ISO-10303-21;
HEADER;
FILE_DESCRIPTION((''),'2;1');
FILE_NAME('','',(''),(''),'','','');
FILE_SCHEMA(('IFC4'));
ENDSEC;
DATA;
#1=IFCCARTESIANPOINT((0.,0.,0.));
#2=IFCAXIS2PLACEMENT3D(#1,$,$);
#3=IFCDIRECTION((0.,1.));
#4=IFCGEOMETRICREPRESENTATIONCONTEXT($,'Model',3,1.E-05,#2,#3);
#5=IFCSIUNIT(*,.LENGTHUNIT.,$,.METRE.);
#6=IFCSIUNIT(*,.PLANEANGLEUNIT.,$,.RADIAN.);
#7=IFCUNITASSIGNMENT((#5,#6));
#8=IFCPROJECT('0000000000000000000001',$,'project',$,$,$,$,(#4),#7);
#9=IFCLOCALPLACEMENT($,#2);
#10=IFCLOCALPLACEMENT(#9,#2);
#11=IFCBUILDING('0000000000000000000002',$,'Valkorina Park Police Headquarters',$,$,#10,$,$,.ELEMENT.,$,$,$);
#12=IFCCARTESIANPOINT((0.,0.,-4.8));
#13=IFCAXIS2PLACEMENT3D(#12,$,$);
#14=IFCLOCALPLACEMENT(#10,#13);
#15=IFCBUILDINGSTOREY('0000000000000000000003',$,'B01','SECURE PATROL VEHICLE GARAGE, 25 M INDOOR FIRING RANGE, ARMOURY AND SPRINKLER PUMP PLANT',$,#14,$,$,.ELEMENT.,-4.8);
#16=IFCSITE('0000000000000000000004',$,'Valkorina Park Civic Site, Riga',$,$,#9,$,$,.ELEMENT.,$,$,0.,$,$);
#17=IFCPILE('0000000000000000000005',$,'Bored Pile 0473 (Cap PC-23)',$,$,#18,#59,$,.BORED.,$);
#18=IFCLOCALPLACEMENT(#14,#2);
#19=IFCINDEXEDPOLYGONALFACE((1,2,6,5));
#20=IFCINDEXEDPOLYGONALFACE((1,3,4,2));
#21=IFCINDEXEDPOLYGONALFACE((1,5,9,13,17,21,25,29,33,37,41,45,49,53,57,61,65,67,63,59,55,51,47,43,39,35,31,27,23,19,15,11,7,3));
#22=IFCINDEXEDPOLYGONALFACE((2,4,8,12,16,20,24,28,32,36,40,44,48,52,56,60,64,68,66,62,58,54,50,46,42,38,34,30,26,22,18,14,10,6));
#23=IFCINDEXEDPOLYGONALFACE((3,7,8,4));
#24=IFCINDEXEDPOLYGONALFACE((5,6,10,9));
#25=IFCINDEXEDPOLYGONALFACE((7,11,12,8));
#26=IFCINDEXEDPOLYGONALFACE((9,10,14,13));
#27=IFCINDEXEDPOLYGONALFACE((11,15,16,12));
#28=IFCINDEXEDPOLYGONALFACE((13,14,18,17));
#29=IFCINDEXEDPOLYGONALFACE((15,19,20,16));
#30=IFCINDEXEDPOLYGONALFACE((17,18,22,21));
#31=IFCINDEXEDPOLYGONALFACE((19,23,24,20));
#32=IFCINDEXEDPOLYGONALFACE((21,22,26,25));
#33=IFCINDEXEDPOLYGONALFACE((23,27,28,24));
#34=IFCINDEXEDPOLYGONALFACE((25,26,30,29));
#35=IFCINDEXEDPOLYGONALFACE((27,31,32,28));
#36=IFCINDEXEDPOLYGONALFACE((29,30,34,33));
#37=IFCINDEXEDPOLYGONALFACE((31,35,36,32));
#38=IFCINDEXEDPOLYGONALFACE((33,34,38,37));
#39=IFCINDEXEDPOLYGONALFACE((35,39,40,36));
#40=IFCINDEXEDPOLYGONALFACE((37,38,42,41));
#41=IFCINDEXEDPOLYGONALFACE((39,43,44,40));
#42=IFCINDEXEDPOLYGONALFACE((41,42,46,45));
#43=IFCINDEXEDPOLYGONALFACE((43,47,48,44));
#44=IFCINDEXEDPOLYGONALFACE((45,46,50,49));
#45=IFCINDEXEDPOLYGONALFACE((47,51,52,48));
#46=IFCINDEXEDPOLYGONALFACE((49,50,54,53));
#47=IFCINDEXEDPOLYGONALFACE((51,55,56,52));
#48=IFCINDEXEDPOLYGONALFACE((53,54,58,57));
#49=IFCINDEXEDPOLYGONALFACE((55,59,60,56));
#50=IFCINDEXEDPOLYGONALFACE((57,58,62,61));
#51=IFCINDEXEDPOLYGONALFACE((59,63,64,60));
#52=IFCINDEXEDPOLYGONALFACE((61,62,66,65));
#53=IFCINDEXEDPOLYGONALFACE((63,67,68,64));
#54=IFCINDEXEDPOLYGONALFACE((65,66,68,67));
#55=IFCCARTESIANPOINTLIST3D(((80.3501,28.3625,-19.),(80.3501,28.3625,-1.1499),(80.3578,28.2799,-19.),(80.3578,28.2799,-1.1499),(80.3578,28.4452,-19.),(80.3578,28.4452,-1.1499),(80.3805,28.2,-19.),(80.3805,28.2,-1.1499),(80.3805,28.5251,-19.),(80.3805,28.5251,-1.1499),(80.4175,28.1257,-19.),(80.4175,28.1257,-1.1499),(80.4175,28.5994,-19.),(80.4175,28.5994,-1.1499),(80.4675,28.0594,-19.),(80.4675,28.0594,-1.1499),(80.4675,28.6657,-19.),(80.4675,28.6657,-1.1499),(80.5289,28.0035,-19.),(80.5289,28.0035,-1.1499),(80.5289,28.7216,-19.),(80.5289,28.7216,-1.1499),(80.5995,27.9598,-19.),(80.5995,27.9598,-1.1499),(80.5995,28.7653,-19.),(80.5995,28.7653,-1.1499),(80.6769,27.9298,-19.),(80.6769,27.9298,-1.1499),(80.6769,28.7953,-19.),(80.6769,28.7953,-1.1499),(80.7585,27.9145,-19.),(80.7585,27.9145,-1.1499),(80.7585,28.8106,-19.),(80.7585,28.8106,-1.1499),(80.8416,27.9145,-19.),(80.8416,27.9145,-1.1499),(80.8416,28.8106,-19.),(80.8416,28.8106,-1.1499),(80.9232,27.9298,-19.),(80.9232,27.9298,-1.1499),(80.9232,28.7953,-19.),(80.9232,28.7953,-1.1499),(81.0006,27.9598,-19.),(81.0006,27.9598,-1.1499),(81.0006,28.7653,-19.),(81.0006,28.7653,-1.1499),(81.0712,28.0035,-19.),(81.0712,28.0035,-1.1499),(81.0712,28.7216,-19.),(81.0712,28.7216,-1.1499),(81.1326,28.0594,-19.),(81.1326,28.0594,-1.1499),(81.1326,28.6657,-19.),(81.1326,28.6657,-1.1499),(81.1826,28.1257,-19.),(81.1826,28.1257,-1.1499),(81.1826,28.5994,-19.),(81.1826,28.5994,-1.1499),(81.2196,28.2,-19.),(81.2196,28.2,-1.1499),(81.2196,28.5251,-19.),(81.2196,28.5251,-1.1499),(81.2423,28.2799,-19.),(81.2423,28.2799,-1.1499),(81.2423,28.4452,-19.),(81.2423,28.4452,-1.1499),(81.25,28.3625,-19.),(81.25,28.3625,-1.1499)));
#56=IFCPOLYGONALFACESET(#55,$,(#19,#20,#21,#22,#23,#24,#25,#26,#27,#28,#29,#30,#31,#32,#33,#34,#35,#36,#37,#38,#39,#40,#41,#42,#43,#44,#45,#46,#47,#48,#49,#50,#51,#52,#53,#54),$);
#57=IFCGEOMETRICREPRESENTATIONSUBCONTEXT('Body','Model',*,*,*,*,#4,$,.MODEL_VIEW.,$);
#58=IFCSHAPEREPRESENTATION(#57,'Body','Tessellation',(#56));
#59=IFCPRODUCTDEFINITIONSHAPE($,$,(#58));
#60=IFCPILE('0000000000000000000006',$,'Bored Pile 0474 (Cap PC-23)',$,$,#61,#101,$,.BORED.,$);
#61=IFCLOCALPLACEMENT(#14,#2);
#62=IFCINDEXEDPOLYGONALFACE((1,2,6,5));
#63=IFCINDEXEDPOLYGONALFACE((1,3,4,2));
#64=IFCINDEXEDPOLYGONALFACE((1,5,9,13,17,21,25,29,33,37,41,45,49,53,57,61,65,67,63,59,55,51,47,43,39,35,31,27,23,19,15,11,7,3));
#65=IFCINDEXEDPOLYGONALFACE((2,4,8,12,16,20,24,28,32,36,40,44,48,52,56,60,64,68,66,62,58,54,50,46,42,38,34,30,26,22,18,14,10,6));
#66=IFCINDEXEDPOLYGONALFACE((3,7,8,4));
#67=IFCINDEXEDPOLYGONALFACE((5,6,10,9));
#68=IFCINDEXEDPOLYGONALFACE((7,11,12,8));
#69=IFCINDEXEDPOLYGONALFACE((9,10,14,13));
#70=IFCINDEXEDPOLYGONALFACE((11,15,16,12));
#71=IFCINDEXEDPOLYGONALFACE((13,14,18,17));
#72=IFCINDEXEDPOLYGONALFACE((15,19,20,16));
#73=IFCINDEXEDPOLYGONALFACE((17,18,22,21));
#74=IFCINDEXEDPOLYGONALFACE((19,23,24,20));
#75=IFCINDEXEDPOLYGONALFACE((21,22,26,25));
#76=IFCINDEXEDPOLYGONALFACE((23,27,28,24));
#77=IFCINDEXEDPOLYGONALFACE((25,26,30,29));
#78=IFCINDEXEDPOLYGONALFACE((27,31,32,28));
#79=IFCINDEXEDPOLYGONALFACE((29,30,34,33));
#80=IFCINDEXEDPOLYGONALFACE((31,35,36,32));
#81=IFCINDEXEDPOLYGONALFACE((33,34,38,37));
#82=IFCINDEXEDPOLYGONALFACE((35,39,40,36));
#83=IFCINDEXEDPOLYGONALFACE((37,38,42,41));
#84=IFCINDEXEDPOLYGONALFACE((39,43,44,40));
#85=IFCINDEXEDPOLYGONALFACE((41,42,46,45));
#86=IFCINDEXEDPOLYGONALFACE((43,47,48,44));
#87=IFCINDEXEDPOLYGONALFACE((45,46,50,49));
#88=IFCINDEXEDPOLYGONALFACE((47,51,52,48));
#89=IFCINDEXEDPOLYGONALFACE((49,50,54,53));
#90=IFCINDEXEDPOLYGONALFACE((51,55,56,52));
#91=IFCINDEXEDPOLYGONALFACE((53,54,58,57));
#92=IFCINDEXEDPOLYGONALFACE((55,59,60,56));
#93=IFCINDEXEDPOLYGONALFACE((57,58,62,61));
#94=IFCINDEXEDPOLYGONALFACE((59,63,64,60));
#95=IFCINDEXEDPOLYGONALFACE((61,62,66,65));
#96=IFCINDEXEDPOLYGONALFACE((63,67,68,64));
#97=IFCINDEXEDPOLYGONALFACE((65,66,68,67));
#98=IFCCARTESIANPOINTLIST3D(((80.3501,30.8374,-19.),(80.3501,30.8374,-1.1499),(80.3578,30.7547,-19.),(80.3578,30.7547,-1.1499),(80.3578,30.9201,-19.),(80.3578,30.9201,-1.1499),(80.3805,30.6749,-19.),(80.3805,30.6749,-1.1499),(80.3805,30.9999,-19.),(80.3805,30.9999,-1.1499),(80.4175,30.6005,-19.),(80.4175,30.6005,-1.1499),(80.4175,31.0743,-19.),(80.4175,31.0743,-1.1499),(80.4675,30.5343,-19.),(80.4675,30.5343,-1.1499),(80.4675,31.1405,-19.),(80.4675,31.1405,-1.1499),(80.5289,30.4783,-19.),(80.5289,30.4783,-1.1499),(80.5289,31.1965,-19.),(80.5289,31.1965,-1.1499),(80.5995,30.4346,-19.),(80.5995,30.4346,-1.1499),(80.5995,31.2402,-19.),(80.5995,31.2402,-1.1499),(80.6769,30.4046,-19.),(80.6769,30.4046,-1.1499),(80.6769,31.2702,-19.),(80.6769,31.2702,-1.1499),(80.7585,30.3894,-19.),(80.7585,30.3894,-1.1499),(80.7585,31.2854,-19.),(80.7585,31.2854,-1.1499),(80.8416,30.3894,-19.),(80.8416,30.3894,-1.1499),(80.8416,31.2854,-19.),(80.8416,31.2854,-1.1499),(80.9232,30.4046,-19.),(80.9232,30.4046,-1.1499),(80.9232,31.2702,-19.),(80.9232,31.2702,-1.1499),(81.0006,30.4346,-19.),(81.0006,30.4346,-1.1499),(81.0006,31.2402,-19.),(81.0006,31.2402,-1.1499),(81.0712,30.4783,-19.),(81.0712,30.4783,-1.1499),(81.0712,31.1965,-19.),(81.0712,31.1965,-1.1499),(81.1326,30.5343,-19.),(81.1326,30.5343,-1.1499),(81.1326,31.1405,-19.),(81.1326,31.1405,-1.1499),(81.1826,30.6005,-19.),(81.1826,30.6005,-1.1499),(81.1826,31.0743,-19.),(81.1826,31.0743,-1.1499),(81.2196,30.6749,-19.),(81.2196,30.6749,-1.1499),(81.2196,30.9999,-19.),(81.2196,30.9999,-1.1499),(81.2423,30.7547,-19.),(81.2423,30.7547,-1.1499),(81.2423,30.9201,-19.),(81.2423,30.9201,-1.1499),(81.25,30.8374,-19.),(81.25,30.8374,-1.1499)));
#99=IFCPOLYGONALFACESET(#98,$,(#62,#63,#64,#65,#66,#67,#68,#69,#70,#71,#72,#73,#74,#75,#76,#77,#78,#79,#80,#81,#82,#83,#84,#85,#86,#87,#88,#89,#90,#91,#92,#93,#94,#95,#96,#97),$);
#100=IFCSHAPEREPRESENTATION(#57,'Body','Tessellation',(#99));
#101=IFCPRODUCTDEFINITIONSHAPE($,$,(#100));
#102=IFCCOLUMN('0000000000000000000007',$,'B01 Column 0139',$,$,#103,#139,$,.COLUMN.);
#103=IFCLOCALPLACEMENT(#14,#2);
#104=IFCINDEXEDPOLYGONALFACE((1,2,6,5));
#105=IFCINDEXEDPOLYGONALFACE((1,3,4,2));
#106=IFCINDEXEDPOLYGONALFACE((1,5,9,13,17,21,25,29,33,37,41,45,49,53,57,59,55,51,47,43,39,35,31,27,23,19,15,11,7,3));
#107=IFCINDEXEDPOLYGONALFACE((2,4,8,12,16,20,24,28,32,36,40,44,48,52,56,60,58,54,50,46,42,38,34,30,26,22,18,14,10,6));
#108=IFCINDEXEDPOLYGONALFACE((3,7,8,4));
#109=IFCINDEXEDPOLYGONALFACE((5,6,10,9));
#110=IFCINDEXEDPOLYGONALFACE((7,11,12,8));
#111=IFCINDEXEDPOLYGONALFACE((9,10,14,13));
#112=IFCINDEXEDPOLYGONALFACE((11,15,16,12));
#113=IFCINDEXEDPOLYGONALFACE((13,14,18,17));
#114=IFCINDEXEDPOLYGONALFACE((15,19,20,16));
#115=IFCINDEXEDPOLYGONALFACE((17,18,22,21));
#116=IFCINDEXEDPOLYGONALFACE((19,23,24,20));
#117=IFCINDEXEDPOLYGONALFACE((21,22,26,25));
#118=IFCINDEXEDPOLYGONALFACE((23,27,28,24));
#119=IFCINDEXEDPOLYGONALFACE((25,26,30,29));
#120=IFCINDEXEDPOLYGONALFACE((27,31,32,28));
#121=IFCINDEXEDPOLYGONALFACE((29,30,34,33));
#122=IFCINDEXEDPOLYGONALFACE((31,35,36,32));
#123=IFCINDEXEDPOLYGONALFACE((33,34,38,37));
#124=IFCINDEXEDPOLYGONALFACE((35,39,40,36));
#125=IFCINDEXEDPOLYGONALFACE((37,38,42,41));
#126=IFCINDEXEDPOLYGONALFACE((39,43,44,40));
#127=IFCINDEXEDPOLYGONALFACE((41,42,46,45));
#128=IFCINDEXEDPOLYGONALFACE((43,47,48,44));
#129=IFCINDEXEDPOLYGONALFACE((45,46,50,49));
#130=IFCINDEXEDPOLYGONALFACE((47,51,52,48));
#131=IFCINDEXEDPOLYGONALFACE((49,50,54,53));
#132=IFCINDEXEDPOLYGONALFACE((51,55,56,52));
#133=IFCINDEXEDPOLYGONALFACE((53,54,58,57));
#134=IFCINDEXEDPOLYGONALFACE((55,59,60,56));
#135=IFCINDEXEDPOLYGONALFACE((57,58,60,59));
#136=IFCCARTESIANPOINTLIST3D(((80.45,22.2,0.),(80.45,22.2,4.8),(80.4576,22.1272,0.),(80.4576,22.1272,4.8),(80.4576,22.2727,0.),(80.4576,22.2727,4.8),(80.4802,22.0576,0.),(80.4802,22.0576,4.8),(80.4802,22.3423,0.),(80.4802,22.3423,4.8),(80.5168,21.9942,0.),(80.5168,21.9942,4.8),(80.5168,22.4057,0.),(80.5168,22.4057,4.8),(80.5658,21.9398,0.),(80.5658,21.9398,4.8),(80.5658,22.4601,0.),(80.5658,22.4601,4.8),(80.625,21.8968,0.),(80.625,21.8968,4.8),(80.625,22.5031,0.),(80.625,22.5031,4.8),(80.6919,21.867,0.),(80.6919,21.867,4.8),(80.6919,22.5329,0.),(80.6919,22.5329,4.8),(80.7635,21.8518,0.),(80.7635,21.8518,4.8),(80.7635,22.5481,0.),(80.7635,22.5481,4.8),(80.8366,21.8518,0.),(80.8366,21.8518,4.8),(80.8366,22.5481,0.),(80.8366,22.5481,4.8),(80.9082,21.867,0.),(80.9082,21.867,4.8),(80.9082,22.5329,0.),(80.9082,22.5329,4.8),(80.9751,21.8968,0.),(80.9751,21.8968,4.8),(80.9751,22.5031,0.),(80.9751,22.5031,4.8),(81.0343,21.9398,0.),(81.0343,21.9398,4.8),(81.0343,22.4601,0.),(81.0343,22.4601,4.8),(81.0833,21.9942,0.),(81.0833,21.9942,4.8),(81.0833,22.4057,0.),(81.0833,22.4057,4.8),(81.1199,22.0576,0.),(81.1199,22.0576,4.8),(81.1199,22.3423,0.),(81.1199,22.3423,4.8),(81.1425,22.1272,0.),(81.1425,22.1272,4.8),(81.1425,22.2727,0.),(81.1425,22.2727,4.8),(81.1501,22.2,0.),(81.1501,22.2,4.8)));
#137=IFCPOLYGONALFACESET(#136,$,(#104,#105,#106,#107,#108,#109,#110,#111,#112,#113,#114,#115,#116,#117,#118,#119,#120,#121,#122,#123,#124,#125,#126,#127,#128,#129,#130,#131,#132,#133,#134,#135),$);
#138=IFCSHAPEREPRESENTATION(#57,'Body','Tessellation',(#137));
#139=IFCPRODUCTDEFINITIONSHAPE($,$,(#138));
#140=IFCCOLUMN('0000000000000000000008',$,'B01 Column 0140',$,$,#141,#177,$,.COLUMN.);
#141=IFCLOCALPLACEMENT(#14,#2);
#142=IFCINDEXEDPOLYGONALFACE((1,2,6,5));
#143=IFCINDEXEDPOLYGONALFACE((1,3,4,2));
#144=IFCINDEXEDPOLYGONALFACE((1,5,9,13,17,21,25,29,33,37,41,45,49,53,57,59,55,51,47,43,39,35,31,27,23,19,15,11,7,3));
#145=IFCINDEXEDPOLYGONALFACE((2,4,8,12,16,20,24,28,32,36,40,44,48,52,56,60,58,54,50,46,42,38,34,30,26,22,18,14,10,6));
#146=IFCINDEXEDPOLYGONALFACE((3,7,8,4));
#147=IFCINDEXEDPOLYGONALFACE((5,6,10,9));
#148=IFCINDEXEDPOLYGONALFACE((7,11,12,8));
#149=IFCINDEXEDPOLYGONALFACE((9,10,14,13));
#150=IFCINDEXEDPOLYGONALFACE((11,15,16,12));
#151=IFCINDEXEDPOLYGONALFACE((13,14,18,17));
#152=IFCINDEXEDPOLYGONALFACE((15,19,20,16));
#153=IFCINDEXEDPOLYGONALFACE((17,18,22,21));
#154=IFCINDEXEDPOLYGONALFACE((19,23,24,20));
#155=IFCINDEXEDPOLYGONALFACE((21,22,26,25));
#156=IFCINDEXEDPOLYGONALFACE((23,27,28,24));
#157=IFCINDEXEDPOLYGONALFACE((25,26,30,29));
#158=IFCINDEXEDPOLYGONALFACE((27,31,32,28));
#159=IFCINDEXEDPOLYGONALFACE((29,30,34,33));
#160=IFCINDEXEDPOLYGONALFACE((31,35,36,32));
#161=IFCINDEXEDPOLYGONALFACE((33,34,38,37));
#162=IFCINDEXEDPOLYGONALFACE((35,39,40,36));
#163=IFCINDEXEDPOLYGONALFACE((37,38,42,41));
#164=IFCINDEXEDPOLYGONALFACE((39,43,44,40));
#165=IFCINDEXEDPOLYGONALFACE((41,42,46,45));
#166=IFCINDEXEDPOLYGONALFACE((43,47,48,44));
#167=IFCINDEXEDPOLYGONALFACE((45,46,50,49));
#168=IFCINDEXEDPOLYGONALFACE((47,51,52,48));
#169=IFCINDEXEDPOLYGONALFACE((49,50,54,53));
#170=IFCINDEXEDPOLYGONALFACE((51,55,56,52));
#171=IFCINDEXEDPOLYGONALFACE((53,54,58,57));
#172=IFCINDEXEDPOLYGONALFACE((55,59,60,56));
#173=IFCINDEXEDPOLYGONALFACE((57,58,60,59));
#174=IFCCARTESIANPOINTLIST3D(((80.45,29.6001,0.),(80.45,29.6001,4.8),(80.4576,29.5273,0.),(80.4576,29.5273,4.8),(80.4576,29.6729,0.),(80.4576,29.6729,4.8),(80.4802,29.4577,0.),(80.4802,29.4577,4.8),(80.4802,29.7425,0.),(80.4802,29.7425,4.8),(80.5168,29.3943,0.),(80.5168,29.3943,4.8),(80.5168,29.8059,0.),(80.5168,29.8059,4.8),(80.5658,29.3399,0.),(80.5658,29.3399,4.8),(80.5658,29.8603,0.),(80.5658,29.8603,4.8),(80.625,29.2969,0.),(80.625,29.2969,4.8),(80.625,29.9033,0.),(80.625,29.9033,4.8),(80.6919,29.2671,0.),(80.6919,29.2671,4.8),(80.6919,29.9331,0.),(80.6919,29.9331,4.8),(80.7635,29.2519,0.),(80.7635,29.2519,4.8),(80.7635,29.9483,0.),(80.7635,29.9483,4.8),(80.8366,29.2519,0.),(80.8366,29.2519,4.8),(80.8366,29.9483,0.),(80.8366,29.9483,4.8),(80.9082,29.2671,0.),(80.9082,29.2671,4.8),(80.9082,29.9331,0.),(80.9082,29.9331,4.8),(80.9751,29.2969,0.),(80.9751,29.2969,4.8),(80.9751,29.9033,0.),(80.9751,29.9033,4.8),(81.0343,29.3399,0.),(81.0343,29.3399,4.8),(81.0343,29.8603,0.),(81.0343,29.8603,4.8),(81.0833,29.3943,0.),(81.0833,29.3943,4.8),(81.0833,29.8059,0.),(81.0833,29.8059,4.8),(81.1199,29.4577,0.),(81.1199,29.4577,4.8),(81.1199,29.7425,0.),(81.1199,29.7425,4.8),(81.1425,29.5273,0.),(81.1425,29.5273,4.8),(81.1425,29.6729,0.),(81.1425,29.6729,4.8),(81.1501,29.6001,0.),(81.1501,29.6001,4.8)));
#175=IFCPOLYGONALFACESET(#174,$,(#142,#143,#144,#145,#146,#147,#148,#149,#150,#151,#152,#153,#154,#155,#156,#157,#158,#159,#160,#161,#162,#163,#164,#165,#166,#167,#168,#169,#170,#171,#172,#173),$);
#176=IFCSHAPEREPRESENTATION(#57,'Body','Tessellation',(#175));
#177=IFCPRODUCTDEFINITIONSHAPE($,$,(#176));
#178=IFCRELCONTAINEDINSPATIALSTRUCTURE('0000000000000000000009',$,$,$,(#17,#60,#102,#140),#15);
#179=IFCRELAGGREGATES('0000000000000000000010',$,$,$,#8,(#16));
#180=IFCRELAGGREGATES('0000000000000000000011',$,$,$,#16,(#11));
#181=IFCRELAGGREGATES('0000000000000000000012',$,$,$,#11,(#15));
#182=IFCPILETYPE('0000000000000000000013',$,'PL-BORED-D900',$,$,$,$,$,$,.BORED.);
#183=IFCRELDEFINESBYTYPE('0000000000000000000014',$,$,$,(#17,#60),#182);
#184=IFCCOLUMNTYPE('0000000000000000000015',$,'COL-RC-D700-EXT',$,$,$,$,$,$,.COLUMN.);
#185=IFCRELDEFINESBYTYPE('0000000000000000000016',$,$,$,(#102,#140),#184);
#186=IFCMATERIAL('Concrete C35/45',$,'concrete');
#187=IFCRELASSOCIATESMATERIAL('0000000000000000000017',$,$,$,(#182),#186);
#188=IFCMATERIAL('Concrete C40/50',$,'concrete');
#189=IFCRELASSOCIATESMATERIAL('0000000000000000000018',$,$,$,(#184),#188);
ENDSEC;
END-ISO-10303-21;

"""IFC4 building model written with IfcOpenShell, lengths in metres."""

from ifc_helpers import new_model, si_unit, direction, frame, origin, origin_2d, place, context, subcontext, project, spatial, circle, extrude, material, material_profile, profile_set, type_object, element, save


model = new_model("IFC4")

# Units and contexts
model_context = context("Model", 3, precision=1e-05, world=origin(), true_north=direction((0.0, 1.0)))
body_context = subcontext(model_context, "Body", "Model", "MODEL_VIEW")
ifc_project = project(units=[si_unit("LENGTHUNIT", "METRE"), si_unit("PLANEANGLEUNIT", "RADIAN")], contexts=[model_context])

# Site, building, storey
site_placement = place(None, origin())
site = spatial("IfcSite", under=ifc_project, at=site_placement, Name="Valkorina Park Civic Site, Riga", CompositionType="ELEMENT", RefElevation=0.0)
building_placement = place(site_placement, origin())
building = spatial("IfcBuilding", under=site, at=building_placement, Name="Valkorina Park Police Headquarters", CompositionType="ELEMENT")
storey_placement = place(building_placement, frame((0.0, 0.0, -4.8)))
storey = spatial("IfcBuildingStorey", under=building, at=storey_placement, Name="B01", Description="SECURE PATROL VEHICLE GARAGE, 25 M INDOOR FIRING RANGE, ARMOURY AND SPRINKLER PUMP PLANT", CompositionType="ELEMENT", Elevation=-4.8)

# Shared definitions
ifc_material_1 = material(Name="Concrete C40/50", Category="concrete")

# Piles
ifc_material_2 = material(Name="Concrete C35/45", Category="concrete")
ifc_material_profile_1 = material_profile(ifc_material_2, circle(Radius=0.45, at=origin_2d()), Name="BORED PILE D900")
ifc_profile_set_1 = profile_set([ifc_material_profile_1], Name="Concrete C35/45")
pile_type_1 = type_object("IfcPileType", Name="PL-BORED-D900", PredefinedType="BORED", material=ifc_profile_set_1)
for number, where, z_axis, x_axis, name in (
    (1, (80.8, 28.3625, -1.1499), (0.0, 0.0, -1.0), (1.0, 0.0, 0.0), "Bored Pile 0473 (Cap PC-23)"),
    (2, (80.8, 30.8374, -1.1499), (0.0, 0.0, -1.0), (1.0, 0.0, 0.0), "Bored Pile 0474 (Cap PC-23)"),
):
    element("IfcPile", number, at=place(storey_placement, frame(where, z_axis=z_axis, x_axis=x_axis)), inside=storey, type_object=pile_type_1, Name=name, PredefinedType="BORED", context=body_context, shape_type="SweptSolid", body=[
        extrude(circle(Radius=0.45, at=origin_2d()), origin(), (0.0, 0.0, 1.0), 17.8501),
    ])

# Columns
ifc_material_profile_2 = material_profile(ifc_material_1, circle(Radius=0.3501, at=origin_2d()), Name="RC COL D700")
ifc_profile_set_2 = profile_set([ifc_material_profile_2], Name="Concrete C40/50")
column_type_1 = type_object("IfcColumnType", Name="COL-RC-D700-EXT", PredefinedType="COLUMN", material=ifc_profile_set_2)
for number, where, z_axis, x_axis, name in (
    (3, (80.8, 22.2, 0.0), (0.0, 0.0, 1.0), (1.0, 0.0, 0.0), "B01 Column 0139"),
    (4, (80.8, 29.6001, 0.0), (0.0, 0.0, 1.0), (1.0, 0.0, 0.0), "B01 Column 0140"),
):
    element("IfcColumn", number, at=place(storey_placement, frame(where, z_axis=z_axis, x_axis=x_axis)), inside=storey, type_object=column_type_1, Name=name, PredefinedType="COLUMN", context=body_context, shape_type="SweptSolid", body=[
        extrude(circle(Radius=0.3501, at=origin_2d()), origin(), (0.0, 0.0, 1.0), 4.8),
    ])

save(model, "model.ifc")
